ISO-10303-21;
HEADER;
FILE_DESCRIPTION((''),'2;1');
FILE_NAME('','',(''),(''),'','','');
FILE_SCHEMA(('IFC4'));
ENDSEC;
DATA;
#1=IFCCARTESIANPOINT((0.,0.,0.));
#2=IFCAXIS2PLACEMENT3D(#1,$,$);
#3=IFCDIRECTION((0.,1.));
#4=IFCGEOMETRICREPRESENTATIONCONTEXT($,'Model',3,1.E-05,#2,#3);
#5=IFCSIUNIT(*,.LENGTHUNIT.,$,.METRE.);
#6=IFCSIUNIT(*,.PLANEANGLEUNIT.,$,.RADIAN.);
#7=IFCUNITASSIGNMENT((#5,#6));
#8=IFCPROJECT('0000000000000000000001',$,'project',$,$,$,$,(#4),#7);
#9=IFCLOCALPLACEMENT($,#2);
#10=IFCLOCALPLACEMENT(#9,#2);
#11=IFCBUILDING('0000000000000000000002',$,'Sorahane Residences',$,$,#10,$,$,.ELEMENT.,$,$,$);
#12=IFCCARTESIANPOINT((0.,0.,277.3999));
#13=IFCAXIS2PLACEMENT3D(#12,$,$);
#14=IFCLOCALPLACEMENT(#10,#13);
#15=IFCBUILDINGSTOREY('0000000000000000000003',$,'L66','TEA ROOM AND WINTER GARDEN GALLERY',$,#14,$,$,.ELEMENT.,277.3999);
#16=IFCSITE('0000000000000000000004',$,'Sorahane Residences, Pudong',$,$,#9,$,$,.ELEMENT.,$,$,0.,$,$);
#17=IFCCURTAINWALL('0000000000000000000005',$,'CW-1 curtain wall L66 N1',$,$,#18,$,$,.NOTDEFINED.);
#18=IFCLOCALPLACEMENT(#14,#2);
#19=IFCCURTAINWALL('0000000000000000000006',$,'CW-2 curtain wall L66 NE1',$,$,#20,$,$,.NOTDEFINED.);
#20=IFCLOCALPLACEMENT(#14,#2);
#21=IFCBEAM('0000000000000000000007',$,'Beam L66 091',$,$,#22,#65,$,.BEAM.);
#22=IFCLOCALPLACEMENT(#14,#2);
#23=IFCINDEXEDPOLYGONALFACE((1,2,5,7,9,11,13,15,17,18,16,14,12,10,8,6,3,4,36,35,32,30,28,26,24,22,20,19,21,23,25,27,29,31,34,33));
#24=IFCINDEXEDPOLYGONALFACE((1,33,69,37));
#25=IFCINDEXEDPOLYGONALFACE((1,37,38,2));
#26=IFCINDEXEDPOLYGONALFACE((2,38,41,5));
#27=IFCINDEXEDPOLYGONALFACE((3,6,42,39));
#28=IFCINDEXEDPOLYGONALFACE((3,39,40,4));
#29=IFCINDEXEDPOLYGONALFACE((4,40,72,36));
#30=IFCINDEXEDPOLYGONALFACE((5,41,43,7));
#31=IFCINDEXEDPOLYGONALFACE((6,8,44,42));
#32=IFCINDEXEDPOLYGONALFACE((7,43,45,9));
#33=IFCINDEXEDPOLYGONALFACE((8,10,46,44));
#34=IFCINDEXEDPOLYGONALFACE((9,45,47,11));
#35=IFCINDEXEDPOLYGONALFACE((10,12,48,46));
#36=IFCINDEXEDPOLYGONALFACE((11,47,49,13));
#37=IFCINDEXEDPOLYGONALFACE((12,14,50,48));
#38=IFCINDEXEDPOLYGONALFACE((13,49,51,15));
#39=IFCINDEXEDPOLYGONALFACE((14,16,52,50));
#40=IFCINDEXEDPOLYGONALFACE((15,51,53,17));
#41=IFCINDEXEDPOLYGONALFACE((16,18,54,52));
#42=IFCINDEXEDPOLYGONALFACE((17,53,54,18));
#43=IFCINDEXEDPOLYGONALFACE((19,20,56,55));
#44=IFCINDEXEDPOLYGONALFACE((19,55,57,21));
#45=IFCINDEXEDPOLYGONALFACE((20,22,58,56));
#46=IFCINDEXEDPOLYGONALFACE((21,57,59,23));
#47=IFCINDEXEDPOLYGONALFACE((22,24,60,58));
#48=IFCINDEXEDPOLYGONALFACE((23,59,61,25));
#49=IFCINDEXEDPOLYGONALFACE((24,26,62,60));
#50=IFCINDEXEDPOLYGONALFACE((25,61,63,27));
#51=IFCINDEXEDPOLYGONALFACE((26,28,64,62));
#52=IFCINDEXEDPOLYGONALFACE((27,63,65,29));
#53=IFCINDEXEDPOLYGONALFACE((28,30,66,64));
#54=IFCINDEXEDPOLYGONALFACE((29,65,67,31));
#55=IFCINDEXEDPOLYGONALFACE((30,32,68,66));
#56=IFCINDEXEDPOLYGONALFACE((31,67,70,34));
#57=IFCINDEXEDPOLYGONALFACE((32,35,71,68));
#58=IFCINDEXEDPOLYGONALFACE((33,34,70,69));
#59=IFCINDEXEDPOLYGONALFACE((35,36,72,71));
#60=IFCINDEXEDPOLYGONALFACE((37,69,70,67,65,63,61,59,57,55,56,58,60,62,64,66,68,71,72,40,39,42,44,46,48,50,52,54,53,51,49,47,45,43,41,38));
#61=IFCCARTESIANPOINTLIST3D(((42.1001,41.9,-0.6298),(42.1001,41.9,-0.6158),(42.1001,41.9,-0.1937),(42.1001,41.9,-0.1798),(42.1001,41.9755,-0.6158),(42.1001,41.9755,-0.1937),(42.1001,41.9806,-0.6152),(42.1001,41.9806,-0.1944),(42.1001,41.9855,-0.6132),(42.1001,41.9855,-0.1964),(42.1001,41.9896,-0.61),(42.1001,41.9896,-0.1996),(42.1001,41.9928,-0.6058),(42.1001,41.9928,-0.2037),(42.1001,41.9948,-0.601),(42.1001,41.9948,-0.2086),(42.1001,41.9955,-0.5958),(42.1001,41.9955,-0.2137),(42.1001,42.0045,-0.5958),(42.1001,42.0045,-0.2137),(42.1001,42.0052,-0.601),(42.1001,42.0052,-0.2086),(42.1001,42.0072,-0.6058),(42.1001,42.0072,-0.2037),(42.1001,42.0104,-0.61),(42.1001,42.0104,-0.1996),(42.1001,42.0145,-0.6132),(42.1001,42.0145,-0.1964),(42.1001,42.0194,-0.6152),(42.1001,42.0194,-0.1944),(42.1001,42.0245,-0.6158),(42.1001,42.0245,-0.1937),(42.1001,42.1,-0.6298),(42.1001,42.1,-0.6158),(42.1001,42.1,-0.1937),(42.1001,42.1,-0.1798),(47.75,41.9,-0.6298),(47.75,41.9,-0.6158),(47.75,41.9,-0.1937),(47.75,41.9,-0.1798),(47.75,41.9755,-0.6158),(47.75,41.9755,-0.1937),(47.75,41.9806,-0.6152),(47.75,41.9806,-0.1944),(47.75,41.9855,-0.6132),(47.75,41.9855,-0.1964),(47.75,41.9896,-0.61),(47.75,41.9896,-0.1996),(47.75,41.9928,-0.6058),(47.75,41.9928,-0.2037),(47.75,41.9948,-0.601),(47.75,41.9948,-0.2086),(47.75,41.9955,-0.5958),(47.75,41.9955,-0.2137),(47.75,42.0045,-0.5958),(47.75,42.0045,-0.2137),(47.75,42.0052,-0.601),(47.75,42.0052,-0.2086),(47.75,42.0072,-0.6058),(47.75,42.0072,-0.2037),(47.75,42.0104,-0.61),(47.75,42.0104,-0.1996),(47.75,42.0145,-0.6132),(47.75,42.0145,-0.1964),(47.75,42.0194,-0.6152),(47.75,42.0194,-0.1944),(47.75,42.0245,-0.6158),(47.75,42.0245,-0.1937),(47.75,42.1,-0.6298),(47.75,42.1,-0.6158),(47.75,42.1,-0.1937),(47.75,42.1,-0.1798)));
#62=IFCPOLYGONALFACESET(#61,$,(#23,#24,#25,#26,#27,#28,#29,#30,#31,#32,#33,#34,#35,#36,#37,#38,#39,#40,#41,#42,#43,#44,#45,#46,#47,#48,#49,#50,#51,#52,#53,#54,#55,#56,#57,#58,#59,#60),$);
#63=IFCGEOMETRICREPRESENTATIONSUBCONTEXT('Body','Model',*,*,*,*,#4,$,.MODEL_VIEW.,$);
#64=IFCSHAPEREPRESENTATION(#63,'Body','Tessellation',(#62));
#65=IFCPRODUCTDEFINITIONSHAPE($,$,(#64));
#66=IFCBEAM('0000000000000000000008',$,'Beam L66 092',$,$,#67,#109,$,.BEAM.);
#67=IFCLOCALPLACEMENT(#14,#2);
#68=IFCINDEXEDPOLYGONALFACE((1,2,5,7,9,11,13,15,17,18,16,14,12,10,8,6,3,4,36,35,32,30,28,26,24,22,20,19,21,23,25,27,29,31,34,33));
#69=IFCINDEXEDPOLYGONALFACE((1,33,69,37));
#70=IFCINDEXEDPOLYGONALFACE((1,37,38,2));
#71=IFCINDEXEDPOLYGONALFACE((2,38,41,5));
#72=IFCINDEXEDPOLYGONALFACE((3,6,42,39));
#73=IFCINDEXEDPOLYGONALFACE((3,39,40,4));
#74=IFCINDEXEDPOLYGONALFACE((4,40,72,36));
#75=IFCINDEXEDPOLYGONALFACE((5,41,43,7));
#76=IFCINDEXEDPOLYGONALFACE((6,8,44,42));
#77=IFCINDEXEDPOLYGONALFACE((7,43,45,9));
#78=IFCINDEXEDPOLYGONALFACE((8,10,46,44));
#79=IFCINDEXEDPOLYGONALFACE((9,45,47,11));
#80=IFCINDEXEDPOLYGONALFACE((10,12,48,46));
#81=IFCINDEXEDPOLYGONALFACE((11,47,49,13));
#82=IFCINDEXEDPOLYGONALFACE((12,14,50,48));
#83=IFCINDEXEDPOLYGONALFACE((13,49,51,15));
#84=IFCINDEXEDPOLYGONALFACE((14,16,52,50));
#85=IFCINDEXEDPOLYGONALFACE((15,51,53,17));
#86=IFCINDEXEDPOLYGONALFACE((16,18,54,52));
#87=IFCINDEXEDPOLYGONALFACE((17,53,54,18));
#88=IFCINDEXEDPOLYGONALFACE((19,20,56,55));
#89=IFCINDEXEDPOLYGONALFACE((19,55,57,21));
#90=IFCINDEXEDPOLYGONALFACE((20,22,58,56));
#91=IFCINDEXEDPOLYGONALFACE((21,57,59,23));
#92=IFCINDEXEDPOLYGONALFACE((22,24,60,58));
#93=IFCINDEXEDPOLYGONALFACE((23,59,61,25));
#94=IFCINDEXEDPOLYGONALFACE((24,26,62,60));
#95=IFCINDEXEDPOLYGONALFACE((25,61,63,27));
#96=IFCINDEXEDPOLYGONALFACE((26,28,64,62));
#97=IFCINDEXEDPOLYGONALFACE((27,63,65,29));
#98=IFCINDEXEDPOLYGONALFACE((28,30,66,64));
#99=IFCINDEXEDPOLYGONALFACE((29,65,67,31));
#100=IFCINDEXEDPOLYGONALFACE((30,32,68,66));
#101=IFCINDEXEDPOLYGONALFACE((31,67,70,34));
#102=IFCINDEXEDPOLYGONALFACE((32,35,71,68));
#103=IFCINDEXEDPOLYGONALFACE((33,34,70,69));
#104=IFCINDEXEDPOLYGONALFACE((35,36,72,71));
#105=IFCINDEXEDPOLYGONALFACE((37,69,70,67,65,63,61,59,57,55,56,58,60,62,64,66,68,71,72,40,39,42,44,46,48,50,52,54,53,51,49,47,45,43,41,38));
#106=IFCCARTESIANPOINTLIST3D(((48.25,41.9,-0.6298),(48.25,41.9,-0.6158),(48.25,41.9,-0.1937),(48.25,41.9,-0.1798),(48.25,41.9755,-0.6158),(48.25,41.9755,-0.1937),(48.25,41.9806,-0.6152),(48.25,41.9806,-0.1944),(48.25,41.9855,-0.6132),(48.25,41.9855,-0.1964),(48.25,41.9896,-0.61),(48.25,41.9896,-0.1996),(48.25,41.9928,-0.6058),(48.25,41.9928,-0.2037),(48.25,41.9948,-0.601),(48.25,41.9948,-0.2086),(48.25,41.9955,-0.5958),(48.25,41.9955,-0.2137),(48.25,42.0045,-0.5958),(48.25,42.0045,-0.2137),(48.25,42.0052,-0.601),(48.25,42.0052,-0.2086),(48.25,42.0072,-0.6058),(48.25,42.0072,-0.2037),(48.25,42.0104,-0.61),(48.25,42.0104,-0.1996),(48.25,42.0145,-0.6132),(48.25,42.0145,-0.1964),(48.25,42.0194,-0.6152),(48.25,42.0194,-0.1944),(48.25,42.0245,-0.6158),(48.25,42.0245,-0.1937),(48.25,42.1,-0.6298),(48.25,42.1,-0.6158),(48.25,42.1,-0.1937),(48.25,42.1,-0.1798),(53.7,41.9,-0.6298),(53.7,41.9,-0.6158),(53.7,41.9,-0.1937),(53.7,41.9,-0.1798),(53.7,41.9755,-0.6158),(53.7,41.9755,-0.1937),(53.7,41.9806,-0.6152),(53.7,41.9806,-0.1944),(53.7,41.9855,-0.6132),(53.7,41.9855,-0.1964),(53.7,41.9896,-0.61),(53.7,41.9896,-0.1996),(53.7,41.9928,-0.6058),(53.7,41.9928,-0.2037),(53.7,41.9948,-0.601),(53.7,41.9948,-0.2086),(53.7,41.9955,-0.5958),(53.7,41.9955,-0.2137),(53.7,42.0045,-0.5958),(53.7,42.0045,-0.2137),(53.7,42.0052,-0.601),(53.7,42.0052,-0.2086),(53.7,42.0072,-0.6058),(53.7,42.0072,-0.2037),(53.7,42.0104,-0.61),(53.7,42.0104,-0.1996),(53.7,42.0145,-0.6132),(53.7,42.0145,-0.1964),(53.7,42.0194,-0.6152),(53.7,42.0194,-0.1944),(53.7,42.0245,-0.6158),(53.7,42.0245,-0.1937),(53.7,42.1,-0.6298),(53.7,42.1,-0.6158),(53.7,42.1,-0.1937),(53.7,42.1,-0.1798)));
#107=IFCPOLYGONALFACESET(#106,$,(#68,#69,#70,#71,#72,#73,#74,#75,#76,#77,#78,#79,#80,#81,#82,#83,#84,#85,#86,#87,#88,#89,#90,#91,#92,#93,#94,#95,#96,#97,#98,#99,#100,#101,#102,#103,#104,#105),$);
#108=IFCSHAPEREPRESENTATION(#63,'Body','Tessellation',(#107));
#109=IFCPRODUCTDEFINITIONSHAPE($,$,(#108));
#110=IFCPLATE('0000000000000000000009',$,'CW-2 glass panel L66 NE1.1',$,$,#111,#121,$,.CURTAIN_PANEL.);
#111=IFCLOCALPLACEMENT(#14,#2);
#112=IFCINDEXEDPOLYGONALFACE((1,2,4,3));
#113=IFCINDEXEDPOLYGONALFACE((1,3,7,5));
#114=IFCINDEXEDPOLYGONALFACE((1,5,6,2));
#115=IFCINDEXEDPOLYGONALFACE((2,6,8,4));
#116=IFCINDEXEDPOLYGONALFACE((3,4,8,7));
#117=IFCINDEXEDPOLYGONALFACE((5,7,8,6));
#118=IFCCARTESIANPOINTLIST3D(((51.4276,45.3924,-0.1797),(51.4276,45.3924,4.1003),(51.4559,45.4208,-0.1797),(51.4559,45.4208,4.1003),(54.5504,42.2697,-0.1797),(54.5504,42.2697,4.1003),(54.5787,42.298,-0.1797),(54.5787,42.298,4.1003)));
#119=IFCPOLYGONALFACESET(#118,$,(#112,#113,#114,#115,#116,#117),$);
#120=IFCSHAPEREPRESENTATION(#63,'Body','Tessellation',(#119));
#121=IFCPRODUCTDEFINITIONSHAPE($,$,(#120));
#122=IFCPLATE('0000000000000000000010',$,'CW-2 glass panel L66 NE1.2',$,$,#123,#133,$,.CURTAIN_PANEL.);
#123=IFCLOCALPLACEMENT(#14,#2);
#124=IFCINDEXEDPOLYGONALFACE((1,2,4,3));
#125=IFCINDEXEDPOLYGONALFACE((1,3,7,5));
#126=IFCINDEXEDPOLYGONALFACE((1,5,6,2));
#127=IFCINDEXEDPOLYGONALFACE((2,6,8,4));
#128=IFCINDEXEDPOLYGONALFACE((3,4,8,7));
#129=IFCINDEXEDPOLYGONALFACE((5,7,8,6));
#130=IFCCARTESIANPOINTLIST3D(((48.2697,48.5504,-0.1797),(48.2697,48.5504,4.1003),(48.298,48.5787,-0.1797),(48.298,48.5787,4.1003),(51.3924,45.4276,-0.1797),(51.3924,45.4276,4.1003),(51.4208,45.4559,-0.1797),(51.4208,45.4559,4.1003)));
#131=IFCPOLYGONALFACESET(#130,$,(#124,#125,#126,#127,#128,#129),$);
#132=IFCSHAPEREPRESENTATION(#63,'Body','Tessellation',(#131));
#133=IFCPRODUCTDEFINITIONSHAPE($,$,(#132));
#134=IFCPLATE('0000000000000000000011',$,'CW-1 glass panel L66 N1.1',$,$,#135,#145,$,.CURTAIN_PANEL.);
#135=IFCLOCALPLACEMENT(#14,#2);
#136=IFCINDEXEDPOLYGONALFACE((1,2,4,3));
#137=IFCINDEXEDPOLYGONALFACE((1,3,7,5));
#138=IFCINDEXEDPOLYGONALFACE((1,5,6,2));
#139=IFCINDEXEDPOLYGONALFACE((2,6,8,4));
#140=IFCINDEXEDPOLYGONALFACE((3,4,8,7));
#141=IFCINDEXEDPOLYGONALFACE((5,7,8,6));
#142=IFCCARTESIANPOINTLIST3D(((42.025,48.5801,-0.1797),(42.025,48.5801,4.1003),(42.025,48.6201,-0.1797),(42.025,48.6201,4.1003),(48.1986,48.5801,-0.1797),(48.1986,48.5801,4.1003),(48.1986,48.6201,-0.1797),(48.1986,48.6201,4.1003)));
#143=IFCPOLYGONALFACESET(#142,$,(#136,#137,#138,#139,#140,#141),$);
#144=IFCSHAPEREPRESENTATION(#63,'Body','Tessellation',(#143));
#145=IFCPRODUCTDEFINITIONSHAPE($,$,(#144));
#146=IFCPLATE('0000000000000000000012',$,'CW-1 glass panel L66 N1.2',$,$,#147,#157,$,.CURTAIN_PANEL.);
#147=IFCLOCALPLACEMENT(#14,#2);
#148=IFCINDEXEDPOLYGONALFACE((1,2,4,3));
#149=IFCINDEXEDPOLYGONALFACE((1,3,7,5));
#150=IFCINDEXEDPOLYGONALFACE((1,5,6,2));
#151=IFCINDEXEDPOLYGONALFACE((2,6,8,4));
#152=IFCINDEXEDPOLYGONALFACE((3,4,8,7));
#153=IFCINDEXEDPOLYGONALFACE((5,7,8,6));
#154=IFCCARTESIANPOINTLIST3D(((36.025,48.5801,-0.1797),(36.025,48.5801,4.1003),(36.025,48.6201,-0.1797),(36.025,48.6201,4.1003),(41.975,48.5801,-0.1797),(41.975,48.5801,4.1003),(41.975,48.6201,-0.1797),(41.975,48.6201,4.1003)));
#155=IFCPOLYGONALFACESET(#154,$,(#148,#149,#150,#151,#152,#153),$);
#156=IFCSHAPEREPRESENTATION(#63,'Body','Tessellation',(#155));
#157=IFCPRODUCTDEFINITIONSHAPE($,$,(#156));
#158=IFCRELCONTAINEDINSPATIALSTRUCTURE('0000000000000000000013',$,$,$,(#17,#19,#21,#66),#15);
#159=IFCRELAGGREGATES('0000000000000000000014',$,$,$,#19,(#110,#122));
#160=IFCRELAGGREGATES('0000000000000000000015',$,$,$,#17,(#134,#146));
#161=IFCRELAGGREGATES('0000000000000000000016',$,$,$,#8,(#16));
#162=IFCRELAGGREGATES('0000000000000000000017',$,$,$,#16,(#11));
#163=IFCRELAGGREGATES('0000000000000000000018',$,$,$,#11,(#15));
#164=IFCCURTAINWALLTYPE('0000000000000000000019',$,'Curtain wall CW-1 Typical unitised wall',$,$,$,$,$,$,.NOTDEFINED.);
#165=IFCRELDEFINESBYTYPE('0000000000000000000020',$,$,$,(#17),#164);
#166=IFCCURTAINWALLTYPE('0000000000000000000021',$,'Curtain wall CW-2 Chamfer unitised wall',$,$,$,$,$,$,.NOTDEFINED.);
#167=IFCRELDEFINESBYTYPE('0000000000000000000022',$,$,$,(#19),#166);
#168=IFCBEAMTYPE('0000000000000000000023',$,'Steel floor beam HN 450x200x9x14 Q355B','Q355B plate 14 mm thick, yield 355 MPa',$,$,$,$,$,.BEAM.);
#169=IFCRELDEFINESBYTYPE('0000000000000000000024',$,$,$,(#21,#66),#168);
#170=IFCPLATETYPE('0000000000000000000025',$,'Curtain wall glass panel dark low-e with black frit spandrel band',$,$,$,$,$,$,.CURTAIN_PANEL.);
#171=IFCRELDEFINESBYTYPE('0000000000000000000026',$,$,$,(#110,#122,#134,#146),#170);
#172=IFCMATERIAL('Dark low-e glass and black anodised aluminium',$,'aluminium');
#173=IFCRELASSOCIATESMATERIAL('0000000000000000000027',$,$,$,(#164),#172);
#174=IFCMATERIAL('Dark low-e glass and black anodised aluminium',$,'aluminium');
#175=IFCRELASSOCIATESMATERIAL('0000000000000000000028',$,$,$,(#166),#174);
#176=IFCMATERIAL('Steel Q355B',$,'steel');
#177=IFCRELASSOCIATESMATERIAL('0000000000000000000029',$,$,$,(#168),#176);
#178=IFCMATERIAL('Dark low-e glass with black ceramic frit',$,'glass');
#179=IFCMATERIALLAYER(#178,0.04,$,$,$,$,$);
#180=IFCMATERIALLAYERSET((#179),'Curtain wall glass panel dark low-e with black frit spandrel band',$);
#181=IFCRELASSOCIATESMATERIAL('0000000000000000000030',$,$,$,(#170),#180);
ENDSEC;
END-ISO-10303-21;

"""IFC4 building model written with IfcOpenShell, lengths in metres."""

from ifc_helpers import new_model, si_unit, direction, frame, origin, origin_2d, place, context, subcontext, project, spatial, rectangle, i_section, extrude, material, layer, layer_set, material_profile, profile_set, type_object, element, aggregate, save


model = new_model("IFC4")

# Units and contexts
model_context = context("Model", 3, precision=1e-05, world=origin(), true_north=direction((0.0, 1.0)))
body_context = subcontext(model_context, "Body", "Model", "MODEL_VIEW")
ifc_project = project(units=[si_unit("LENGTHUNIT", "METRE"), si_unit("PLANEANGLEUNIT", "RADIAN")], contexts=[model_context])

# Site, building, storey
site_placement = place(None, origin())
site = spatial("IfcSite", under=ifc_project, at=site_placement, Name="Sorahane Residences, Pudong", CompositionType="ELEMENT", RefElevation=0.0)
building_placement = place(site_placement, origin())
building = spatial("IfcBuilding", under=site, at=building_placement, Name="Sorahane Residences", CompositionType="ELEMENT")
storey_placement = place(building_placement, frame((0.0, 0.0, 277.3999)))
storey = spatial("IfcBuildingStorey", under=building, at=storey_placement, Name="L66", Description="TEA ROOM AND WINTER GARDEN GALLERY", CompositionType="ELEMENT", Elevation=277.3999)

# Curtain wall
ifc_material_1 = material(Name="Dark low-e glass and black anodised aluminium", Category="aluminium")
curtain_wall_type_1 = type_object("IfcCurtainWallType", Name="Curtain wall CW-1 Typical unitised wall", PredefinedType="NOTDEFINED", material=ifc_material_1)
curtain_wall_1_placement = place(storey_placement, origin())
curtain_wall_1 = element("IfcCurtainWall", 1, at=curtain_wall_1_placement, inside=storey, type_object=curtain_wall_type_1, Name="CW-1 curtain wall L66 N1", PredefinedType="NOTDEFINED")

# Curtain wall
ifc_material_2 = material(Name="Dark low-e glass and black anodised aluminium", Category="aluminium")
curtain_wall_type_2 = type_object("IfcCurtainWallType", Name="Curtain wall CW-2 Chamfer unitised wall", PredefinedType="NOTDEFINED", material=ifc_material_2)
curtain_wall_2_placement = place(storey_placement, origin())
curtain_wall_2 = element("IfcCurtainWall", 2, at=curtain_wall_2_placement, inside=storey, type_object=curtain_wall_type_2, Name="CW-2 curtain wall L66 NE1", PredefinedType="NOTDEFINED")

# Beams
ifc_material_3 = material(Name="Steel Q355B", Category="steel")
ifc_material_profile_1 = material_profile(ifc_material_3, i_section(OverallWidth=0.2, OverallDepth=0.45, WebThickness=0.009, FlangeThickness=0.0139, FilletRadius=0.02, at=origin_2d()), Name="HN 450x200x9x14")
ifc_profile_set_1 = profile_set([ifc_material_profile_1], Name="Steel Q355B")
beam_type_1 = type_object("IfcBeamType", Name="Steel floor beam HN 450x200x9x14 Q355B", Description="Q355B plate 14 mm thick, yield 355 MPa", PredefinedType="BEAM", material=ifc_profile_set_1)
beam_1_placement = place(storey_placement, frame((42.1001, 42.0, -0.4048), z_axis=(1.0, 0.0, 0.0), x_axis=(0.0, 1.0, 0.0)))
element("IfcBeam", 3, at=beam_1_placement, inside=storey, type_object=beam_type_1, Name="Beam L66 091", PredefinedType="BEAM", context=body_context, shape_type="SweptSolid", body=[
    extrude(i_section(OverallWidth=0.2, OverallDepth=0.45, WebThickness=0.009, FlangeThickness=0.0139, FilletRadius=0.02, at=origin_2d()), origin(), (0.0, 0.0, 1.0), 5.6499),
])
beam_2_placement = place(storey_placement, frame((48.25, 42.0, -0.4048), z_axis=(1.0, 0.0, 0.0), x_axis=(0.0, 1.0, 0.0)))
element("IfcBeam", 4, at=beam_2_placement, inside=storey, type_object=beam_type_1, Name="Beam L66 092", PredefinedType="BEAM", context=body_context, shape_type="SweptSolid", body=[
    extrude(i_section(OverallWidth=0.2, OverallDepth=0.45, WebThickness=0.009, FlangeThickness=0.0139, FilletRadius=0.02, at=origin_2d()), origin(), (0.0, 0.0, 1.0), 5.45),
])

# Plates
ifc_material_4 = material(Name="Dark low-e glass with black ceramic frit", Category="glass")
ifc_layer_1 = layer(ifc_material_4, 0.04)
ifc_layer_set_1 = layer_set([ifc_layer_1], Name="Curtain wall glass panel dark low-e with black frit spandrel band")
plate_type = type_object("IfcPlateType", Name="Curtain wall glass panel dark low-e with black frit spandrel band", PredefinedType="CURTAIN_PANEL", material=ifc_layer_set_1)
plate_1_placement = place(storey_placement, frame((53.0032, 43.8452, -0.1797), z_axis=(0.0, 0.0, 1.0), x_axis=(-0.707107, 0.707107, 0.0)))
plate_1 = element("IfcPlate", 5, at=plate_1_placement, type_object=plate_type, Name="CW-2 glass panel L66 NE1.1", PredefinedType="CURTAIN_PANEL", context=body_context, shape_type="SweptSolid", body=[
    extrude(rectangle(XDim=4.4163, YDim=0.04, at=origin_2d()), origin(), (0.0, 0.0, 1.0), 4.28),
])
plate_2_placement = place(storey_placement, frame((49.8452, 47.0032, -0.1797), z_axis=(0.0, 0.0, 1.0), x_axis=(-0.707107, 0.707107, 0.0)))
plate_2 = element("IfcPlate", 6, at=plate_2_placement, type_object=plate_type, Name="CW-2 glass panel L66 NE1.2", PredefinedType="CURTAIN_PANEL", context=body_context, shape_type="SweptSolid", body=[
    extrude(rectangle(XDim=4.4163, YDim=0.04, at=origin_2d()), origin(), (0.0, 0.0, 1.0), 4.28),
])
aggregate(curtain_wall_2, [plate_1, plate_2])
plate_3_placement = place(storey_placement, frame((45.1118, 48.6001, -0.1797), z_axis=(0.0, 0.0, 1.0), x_axis=(-1.0, 0.0, 0.0)))
plate_3 = element("IfcPlate", 7, at=plate_3_placement, type_object=plate_type, Name="CW-1 glass panel L66 N1.1", PredefinedType="CURTAIN_PANEL", context=body_context, shape_type="SweptSolid", body=[
    extrude(rectangle(XDim=6.1736, YDim=0.04, at=origin_2d()), origin(), (0.0, 0.0, 1.0), 4.28),
])
plate_4_placement = place(storey_placement, frame((39.0, 48.6001, -0.1797), z_axis=(0.0, 0.0, 1.0), x_axis=(-1.0, 0.0, 0.0)))
plate_4 = element("IfcPlate", 8, at=plate_4_placement, type_object=plate_type, Name="CW-1 glass panel L66 N1.2", PredefinedType="CURTAIN_PANEL", context=body_context, shape_type="SweptSolid", body=[
    extrude(rectangle(XDim=5.95, YDim=0.04, at=origin_2d()), origin(), (0.0, 0.0, 1.0), 4.28),
])
aggregate(curtain_wall_1, [plate_3, plate_4])

save(model, "model.ifc")
